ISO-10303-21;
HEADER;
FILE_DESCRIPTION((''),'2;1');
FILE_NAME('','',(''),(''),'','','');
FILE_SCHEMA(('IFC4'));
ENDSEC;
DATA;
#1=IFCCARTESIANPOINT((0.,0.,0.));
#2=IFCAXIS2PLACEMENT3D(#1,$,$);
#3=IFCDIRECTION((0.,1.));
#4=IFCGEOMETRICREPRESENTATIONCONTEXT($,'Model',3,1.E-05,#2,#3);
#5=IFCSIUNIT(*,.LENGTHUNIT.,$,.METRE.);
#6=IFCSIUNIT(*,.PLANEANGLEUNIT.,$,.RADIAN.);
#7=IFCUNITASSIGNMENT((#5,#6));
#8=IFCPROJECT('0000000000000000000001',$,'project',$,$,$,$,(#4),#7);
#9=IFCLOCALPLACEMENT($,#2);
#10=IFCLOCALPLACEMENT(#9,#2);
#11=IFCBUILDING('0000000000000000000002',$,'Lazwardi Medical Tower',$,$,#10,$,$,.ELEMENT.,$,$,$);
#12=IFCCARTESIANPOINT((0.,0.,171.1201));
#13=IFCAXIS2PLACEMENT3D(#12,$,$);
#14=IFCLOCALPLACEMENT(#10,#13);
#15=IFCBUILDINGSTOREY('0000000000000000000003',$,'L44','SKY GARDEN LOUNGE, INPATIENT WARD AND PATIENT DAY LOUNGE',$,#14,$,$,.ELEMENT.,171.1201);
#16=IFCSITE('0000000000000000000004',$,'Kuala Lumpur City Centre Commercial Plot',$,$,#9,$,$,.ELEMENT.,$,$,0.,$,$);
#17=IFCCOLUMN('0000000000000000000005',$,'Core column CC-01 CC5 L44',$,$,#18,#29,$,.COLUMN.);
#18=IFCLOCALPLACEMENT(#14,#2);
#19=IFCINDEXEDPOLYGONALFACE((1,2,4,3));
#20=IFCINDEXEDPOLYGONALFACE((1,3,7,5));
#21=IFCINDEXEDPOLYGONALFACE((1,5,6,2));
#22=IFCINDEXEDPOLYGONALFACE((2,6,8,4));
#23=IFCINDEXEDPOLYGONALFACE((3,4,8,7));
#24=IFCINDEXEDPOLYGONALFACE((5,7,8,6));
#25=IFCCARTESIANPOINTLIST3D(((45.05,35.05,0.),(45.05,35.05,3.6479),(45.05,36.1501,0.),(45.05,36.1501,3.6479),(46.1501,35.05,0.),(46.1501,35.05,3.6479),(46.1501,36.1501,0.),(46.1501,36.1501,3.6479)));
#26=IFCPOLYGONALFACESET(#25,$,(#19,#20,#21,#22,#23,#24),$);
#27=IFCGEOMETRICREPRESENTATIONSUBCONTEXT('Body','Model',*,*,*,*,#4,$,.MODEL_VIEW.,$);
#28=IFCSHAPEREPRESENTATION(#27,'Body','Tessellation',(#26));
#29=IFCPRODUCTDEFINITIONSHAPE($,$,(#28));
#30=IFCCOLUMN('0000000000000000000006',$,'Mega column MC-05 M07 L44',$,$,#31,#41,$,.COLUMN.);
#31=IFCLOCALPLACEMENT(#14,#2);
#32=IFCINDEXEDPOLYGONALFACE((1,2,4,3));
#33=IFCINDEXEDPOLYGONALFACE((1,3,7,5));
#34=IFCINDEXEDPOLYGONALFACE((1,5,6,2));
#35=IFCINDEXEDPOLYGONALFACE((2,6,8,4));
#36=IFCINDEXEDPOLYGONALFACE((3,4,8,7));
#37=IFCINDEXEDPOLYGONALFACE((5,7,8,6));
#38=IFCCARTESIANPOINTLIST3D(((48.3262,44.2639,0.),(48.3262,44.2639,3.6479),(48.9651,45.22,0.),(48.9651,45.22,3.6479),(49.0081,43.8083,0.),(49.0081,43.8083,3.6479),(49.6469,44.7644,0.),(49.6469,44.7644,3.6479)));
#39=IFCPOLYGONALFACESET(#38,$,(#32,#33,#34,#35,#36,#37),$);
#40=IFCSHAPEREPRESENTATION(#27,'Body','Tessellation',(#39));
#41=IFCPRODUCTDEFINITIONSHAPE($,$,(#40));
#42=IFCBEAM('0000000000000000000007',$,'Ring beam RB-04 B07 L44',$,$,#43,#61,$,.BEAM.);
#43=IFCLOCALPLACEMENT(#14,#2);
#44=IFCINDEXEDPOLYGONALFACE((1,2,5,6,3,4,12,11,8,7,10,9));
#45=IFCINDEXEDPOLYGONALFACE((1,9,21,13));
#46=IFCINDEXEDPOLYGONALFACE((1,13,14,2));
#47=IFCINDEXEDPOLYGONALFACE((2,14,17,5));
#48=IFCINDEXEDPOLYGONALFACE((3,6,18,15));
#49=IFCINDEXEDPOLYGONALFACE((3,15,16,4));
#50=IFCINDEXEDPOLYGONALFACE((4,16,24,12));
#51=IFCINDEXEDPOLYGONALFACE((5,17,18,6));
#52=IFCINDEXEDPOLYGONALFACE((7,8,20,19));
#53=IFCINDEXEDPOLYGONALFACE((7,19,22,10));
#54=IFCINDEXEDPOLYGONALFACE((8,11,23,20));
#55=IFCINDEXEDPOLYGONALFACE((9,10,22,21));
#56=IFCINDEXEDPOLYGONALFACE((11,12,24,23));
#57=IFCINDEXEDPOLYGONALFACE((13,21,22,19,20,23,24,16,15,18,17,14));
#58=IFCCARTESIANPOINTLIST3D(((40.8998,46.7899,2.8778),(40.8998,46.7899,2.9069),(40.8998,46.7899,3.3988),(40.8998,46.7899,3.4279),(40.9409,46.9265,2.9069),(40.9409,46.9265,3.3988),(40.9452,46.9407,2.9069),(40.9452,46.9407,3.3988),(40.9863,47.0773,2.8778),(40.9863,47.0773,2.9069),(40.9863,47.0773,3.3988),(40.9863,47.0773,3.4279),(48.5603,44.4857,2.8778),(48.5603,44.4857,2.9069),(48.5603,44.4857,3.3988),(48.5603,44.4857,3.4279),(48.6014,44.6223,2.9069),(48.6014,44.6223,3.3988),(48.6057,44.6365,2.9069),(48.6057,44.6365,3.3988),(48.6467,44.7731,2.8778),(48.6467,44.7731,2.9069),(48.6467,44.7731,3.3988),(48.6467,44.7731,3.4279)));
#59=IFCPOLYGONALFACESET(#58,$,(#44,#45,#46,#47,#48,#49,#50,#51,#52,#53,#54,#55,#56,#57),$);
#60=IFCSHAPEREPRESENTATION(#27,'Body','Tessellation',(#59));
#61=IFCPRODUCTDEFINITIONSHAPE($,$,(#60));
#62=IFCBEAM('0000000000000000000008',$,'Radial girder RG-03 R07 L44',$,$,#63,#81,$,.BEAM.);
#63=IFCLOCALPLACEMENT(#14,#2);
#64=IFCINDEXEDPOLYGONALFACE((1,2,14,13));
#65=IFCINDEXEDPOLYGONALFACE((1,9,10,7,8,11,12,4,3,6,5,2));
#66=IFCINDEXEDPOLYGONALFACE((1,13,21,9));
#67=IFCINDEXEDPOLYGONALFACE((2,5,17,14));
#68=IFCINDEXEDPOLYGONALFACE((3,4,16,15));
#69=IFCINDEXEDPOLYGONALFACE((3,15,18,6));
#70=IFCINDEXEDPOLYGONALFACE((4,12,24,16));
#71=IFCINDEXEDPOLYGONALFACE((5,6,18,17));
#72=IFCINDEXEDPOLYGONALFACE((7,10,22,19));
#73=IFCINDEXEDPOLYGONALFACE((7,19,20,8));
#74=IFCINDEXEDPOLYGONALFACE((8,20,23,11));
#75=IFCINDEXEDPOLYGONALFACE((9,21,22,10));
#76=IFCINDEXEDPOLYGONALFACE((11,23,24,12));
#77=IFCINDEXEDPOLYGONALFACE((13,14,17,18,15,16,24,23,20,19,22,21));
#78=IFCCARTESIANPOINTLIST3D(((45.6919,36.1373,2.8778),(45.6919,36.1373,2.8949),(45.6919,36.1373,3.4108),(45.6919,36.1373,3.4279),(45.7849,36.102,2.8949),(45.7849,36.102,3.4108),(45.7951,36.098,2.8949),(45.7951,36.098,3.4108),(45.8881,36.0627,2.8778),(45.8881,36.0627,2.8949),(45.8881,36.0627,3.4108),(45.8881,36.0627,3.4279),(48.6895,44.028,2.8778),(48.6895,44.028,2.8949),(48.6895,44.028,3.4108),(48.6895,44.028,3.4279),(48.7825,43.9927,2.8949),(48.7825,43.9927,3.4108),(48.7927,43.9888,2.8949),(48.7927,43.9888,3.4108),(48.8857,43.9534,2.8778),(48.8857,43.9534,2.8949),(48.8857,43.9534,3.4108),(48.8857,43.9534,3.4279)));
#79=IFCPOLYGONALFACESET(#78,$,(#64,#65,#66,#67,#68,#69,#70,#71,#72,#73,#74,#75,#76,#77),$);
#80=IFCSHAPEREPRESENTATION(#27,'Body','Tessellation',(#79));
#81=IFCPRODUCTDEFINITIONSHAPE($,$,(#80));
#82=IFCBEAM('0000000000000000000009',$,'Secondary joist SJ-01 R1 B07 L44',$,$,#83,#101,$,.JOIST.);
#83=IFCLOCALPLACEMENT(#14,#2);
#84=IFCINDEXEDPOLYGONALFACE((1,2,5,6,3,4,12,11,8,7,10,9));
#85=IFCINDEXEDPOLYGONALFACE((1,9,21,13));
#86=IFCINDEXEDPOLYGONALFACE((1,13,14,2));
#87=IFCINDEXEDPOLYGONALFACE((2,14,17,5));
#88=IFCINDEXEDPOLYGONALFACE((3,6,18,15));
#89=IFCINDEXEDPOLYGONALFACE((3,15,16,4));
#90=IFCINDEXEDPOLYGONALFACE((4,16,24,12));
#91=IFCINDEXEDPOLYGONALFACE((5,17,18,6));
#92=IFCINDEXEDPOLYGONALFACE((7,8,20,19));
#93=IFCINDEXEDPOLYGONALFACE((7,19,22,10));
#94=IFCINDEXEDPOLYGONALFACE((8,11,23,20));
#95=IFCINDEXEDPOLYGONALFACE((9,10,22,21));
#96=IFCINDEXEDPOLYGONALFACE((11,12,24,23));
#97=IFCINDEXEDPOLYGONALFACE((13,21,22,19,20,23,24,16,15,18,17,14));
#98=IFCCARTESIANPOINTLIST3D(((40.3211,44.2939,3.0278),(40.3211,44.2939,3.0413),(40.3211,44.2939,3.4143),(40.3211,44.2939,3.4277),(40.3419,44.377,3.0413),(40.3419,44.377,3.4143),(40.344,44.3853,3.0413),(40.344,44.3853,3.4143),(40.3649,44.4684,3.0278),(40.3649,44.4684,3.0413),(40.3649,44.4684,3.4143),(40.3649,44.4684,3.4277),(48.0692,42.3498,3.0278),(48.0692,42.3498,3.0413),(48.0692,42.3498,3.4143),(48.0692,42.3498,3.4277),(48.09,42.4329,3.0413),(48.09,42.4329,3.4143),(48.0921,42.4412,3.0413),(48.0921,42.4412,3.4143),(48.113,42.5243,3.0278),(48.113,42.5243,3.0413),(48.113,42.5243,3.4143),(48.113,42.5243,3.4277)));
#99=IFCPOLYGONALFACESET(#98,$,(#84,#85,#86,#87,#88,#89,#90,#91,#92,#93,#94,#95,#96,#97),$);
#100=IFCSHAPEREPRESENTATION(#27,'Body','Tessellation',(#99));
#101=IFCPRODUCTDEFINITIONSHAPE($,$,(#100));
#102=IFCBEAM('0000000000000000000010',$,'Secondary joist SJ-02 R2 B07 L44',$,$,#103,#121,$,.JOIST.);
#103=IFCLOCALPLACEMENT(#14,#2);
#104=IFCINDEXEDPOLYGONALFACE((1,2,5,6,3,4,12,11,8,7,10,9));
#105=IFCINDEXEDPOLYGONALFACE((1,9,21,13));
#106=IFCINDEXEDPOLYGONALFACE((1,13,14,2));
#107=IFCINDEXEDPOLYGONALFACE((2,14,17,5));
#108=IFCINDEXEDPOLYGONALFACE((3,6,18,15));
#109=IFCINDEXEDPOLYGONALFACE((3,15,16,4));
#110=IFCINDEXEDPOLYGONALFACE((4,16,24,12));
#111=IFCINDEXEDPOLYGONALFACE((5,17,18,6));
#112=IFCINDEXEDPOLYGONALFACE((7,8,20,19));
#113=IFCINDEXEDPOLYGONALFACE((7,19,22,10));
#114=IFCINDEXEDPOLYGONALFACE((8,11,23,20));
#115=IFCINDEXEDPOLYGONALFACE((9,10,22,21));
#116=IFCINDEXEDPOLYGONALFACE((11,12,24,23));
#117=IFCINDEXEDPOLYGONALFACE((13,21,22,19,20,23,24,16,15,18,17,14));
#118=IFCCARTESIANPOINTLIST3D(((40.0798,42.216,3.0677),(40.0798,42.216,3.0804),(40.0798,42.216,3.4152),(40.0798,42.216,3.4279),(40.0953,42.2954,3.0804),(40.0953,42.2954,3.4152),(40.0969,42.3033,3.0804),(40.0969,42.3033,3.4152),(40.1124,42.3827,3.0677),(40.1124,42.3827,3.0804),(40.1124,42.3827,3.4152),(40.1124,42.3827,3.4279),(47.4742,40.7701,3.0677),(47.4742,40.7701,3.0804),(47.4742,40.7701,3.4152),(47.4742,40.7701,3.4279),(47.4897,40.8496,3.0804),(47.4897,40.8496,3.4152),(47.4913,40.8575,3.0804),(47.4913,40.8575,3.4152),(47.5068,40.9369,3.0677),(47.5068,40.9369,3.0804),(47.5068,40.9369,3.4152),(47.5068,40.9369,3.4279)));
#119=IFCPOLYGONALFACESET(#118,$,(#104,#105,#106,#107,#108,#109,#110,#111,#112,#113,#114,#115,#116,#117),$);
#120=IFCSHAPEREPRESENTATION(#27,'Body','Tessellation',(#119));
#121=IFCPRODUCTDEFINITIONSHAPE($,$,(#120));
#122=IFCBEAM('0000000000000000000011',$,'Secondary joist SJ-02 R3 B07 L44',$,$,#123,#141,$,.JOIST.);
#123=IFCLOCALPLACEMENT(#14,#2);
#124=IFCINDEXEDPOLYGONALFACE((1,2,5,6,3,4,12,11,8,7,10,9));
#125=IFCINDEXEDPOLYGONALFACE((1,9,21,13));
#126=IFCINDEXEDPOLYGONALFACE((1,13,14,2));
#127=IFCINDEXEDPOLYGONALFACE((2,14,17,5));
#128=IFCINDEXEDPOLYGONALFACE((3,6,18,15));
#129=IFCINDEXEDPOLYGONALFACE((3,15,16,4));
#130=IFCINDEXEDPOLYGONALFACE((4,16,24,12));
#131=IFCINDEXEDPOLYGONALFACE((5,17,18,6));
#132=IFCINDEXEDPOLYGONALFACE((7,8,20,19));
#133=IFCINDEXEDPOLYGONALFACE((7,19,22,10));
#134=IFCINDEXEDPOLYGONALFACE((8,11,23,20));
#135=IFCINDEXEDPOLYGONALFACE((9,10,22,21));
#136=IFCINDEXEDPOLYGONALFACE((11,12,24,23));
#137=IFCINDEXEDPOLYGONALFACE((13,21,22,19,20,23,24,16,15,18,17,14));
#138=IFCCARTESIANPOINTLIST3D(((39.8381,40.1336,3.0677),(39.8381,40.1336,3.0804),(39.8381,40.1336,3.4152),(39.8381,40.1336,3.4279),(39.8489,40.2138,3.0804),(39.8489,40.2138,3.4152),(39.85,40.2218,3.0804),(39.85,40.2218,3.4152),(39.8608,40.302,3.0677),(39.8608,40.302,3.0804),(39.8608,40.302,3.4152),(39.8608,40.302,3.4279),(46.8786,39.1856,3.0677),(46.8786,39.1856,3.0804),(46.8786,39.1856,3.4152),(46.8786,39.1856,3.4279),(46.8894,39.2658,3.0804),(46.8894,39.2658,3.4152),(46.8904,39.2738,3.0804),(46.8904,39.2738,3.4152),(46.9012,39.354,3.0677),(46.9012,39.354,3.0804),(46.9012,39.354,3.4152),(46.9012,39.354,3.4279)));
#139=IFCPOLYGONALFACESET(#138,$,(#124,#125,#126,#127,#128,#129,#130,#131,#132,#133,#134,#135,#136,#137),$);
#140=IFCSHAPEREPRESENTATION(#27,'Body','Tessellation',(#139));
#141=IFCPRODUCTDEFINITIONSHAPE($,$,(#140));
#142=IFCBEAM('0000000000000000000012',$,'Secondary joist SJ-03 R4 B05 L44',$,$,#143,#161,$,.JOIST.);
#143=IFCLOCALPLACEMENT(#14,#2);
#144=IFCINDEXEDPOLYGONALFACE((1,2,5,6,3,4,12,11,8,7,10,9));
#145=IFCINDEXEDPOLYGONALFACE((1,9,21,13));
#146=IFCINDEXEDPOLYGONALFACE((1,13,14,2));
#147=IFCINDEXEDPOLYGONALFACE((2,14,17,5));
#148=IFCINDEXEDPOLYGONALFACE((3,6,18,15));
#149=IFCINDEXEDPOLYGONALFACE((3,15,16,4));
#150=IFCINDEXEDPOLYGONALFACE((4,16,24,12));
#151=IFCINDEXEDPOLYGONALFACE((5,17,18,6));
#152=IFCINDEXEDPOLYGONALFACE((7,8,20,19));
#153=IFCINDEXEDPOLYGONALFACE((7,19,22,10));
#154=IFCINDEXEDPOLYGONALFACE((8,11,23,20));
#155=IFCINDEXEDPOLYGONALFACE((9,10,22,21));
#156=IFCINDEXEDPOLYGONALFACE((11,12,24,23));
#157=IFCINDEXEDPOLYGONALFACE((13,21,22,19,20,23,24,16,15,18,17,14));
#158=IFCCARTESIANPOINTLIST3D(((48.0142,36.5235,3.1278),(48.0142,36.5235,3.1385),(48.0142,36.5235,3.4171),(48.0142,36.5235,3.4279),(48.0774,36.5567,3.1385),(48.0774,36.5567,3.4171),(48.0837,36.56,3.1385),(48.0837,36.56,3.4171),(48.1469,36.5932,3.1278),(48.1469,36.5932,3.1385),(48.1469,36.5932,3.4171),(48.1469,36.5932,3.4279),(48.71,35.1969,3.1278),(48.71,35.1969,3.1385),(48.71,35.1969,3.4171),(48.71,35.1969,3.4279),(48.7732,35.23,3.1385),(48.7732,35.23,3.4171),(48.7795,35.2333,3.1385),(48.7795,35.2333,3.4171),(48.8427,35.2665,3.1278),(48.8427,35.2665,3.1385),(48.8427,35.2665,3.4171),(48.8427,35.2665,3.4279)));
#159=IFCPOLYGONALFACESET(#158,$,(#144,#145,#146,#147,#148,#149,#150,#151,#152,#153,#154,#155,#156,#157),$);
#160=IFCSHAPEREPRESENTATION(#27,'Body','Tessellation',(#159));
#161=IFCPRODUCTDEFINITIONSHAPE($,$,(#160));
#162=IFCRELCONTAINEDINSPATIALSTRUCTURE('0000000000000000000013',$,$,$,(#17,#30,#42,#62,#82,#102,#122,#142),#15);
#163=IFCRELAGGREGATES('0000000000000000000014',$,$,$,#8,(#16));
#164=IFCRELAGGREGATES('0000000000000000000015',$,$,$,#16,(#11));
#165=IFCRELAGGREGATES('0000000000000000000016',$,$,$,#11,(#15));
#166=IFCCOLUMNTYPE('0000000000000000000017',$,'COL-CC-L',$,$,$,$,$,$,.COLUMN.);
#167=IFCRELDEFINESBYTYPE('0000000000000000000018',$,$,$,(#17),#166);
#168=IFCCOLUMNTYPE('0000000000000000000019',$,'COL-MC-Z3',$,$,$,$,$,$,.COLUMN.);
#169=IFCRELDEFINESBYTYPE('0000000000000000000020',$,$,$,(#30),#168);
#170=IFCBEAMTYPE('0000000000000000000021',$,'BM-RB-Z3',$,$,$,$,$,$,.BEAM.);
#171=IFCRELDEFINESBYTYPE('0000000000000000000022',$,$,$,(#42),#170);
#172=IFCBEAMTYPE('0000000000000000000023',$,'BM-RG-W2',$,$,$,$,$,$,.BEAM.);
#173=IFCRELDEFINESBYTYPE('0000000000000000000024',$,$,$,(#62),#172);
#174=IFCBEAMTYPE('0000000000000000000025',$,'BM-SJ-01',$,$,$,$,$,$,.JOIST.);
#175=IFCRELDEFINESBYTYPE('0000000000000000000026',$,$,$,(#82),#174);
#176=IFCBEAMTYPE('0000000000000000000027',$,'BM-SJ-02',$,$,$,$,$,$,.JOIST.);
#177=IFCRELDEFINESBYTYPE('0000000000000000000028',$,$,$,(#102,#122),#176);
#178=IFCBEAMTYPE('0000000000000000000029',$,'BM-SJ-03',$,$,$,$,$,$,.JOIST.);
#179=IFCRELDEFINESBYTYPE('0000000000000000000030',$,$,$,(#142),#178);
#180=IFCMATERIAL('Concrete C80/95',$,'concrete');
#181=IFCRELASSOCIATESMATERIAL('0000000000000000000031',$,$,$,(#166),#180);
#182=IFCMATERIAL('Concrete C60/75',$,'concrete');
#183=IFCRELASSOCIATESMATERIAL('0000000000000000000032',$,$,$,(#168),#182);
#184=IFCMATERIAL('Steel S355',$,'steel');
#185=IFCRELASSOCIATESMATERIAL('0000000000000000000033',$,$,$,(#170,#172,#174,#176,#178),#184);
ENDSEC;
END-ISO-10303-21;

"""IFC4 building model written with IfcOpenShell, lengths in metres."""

from ifc_helpers import new_model, si_unit, direction, frame, origin, origin_2d, place, context, subcontext, project, spatial, rectangle, i_section, extrude, material, material_profile, profile_set, type_object, element, save


model = new_model("IFC4")

# Units and contexts
model_context = context("Model", 3, precision=1e-05, world=origin(), true_north=direction((0.0, 1.0)))
body_context = subcontext(model_context, "Body", "Model", "MODEL_VIEW")
ifc_project = project(units=[si_unit("LENGTHUNIT", "METRE"), si_unit("PLANEANGLEUNIT", "RADIAN")], contexts=[model_context])

# Site, building, storey
site_placement = place(None, origin())
site = spatial("IfcSite", under=ifc_project, at=site_placement, Name="Kuala Lumpur City Centre Commercial Plot", CompositionType="ELEMENT", RefElevation=0.0)
building_placement = place(site_placement, origin())
building = spatial("IfcBuilding", under=site, at=building_placement, Name="Lazwardi Medical Tower", CompositionType="ELEMENT")
storey_placement = place(building_placement, frame((0.0, 0.0, 171.1201)))
storey = spatial("IfcBuildingStorey", under=building, at=storey_placement, Name="L44", Description="SKY GARDEN LOUNGE, INPATIENT WARD AND PATIENT DAY LOUNGE", CompositionType="ELEMENT", Elevation=171.1201)

# Columns
ifc_material_1 = material(Name="Concrete C80/95", Category="concrete")
ifc_material_profile_1 = material_profile(ifc_material_1, rectangle(XDim=1.1001, YDim=1.1001, at=origin_2d()), Name="RC 1100x1100")
ifc_profile_set_1 = profile_set([ifc_material_profile_1], Name="Concrete C80/95")
column_type_1 = type_object("IfcColumnType", Name="COL-CC-L", PredefinedType="COLUMN", material=ifc_profile_set_1)
column_1_placement = place(storey_placement, frame((45.6001, 35.6001, 0.0), z_axis=(0.0, 0.0, 1.0), x_axis=(1.0, 0.0, 0.0)))
element("IfcColumn", 1, at=column_1_placement, inside=storey, type_object=column_type_1, Name="Core column CC-01 CC5 L44", PredefinedType="COLUMN", context=body_context, shape_type="SweptSolid", body=[
    extrude(rectangle(XDim=1.1001, YDim=1.1001, at=origin_2d()), origin(), (0.0, 0.0, 1.0), 3.6479),
])
ifc_material_2 = material(Name="Concrete C60/75", Category="concrete")
ifc_material_profile_2 = material_profile(ifc_material_2, rectangle(XDim=1.1499, YDim=0.8201, at=origin_2d()), Name="CFT-RECT 1150x820")
ifc_profile_set_2 = profile_set([ifc_material_profile_2], Name="Concrete C60/75")
column_type_2 = type_object("IfcColumnType", Name="COL-MC-Z3", PredefinedType="COLUMN", material=ifc_profile_set_2)
column_2_placement = place(storey_placement, frame((48.9866, 44.5142, 0.0), z_axis=(0.0, 0.0, 1.0), x_axis=(0.55557, 0.83147, 0.0)))
element("IfcColumn", 2, at=column_2_placement, inside=storey, type_object=column_type_2, Name="Mega column MC-05 M07 L44", PredefinedType="COLUMN", context=body_context, shape_type="SweptSolid", body=[
    extrude(rectangle(XDim=1.1499, YDim=0.8201, at=origin_2d()), origin(), (0.0, 0.0, 1.0), 3.6479),
])

# Beams
ifc_material_3 = material(Name="Steel S355", Category="steel")
ifc_material_profile_3 = material_profile(ifc_material_3, i_section(OverallWidth=0.3, OverallDepth=0.55, WebThickness=0.0149, FlangeThickness=0.0291, at=origin_2d()), Name="HEB 550")
ifc_profile_set_3 = profile_set([ifc_material_profile_3], Name="Steel S355")
beam_type_1 = type_object("IfcBeamType", Name="BM-RB-Z3", PredefinedType="BEAM", material=ifc_profile_set_3)
beam_1_placement = place(storey_placement, frame((48.6035, 44.6294, 3.1528), z_axis=(-0.957617, 0.288045, 0.0), x_axis=(-0.288045, -0.957617, 0.0)))
element("IfcBeam", 3, at=beam_1_placement, inside=storey, type_object=beam_type_1, Name="Ring beam RB-04 B07 L44", PredefinedType="BEAM", context=body_context, shape_type="SweptSolid", body=[
    extrude(i_section(OverallWidth=0.3, OverallDepth=0.55, WebThickness=0.0149, FlangeThickness=0.0291, at=origin_2d()), origin(), (0.0, 0.0, 1.0), 7.9995),
])
ifc_material_profile_4 = material_profile(ifc_material_3, i_section(OverallWidth=0.21, OverallDepth=0.55, WebThickness=0.011, FlangeThickness=0.0171, at=origin_2d()), Name="IPE 550")
ifc_profile_set_4 = profile_set([ifc_material_profile_4], Name="Steel S355")
beam_type_2 = type_object("IfcBeamType", Name="BM-RG-W2", PredefinedType="BEAM", material=ifc_profile_set_4)
beam_2_placement = place(storey_placement, frame((48.7876, 43.9907, 3.1528), z_axis=(-0.355127, -0.934818, 0.0), x_axis=(0.934818, -0.355127, 0.0)))
element("IfcBeam", 4, at=beam_2_placement, inside=storey, type_object=beam_type_2, Name="Radial girder RG-03 R07 L44", PredefinedType="BEAM", context=body_context, shape_type="SweptSolid", body=[
    extrude(i_section(OverallWidth=0.21, OverallDepth=0.55, WebThickness=0.011, FlangeThickness=0.0171, at=origin_2d()), origin(), (0.0, 0.0, 1.0), 8.4409),
])
ifc_material_profile_5 = material_profile(ifc_material_3, i_section(OverallWidth=0.1799, OverallDepth=0.3999, WebThickness=0.0085, FlangeThickness=0.0134, at=origin_2d()), Name="IPE 400")
ifc_profile_set_5 = profile_set([ifc_material_profile_5], Name="Steel S355")
beam_type_3 = type_object("IfcBeamType", Name="BM-SJ-01", PredefinedType="JOIST", material=ifc_profile_set_5)
beam_3_placement = place(storey_placement, frame((48.0911, 42.437, 3.2278), z_axis=(-0.969934, 0.24337, 0.0), x_axis=(-0.24337, -0.969934, 0.0)))
element("IfcBeam", 5, at=beam_3_placement, inside=storey, type_object=beam_type_3, Name="Secondary joist SJ-01 R1 B07 L44", PredefinedType="JOIST", context=body_context, shape_type="SweptSolid", body=[
    extrude(i_section(OverallWidth=0.1799, OverallDepth=0.3999, WebThickness=0.0085, FlangeThickness=0.0134, at=origin_2d()), origin(), (0.0, 0.0, 1.0), 7.9883),
])
ifc_material_profile_6 = material_profile(ifc_material_3, i_section(OverallWidth=0.1699, OverallDepth=0.3601, WebThickness=0.0081, FlangeThickness=0.0127, at=origin_2d()), Name="IPE 360")
ifc_profile_set_6 = profile_set([ifc_material_profile_6], Name="Steel S355")
beam_type_4 = type_object("IfcBeamType", Name="BM-SJ-02", PredefinedType="JOIST", material=ifc_profile_set_6)
beam_4_placement = place(storey_placement, frame((47.4905, 40.8535, 3.2478), z_axis=(-0.981415, 0.191896, 0.0), x_axis=(-0.191896, -0.981415, 0.0)))
element("IfcBeam", 6, at=beam_4_placement, inside=storey, type_object=beam_type_4, Name="Secondary joist SJ-02 R2 B07 L44", PredefinedType="JOIST", context=body_context, shape_type="SweptSolid", body=[
    extrude(i_section(OverallWidth=0.1699, OverallDepth=0.3601, WebThickness=0.0081, FlangeThickness=0.0127, at=origin_2d()), origin(), (0.0, 0.0, 1.0), 7.5344),
])
beam_5_placement = place(storey_placement, frame((46.8899, 39.2698, 3.2478), z_axis=(-0.991056, 0.133444, 0.0), x_axis=(-0.133444, -0.991056, 0.0)))
element("IfcBeam", 7, at=beam_5_placement, inside=storey, type_object=beam_type_4, Name="Secondary joist SJ-02 R3 B07 L44", PredefinedType="JOIST", context=body_context, shape_type="SweptSolid", body=[
    extrude(i_section(OverallWidth=0.1699, OverallDepth=0.3601, WebThickness=0.0081, FlangeThickness=0.0127, at=origin_2d()), origin(), (0.0, 0.0, 1.0), 7.104),
])
ifc_material_profile_7 = material_profile(ifc_material_3, i_section(OverallWidth=0.1499, OverallDepth=0.3, WebThickness=0.0071, FlangeThickness=0.0107, at=origin_2d()), Name="IPE 300")
ifc_profile_set_7 = profile_set([ifc_material_profile_7], Name="Steel S355")
beam_type_5 = type_object("IfcBeamType", Name="BM-SJ-03", PredefinedType="JOIST", material=ifc_profile_set_7)
beam_6_placement = place(storey_placement, frame((48.7764, 35.2317, 3.2778), z_axis=(-0.46447, 0.885589, 0.0), x_axis=(-0.885589, -0.46447, 0.0)))
element("IfcBeam", 8, at=beam_6_placement, inside=storey, type_object=beam_type_5, Name="Secondary joist SJ-03 R4 B05 L44", PredefinedType="JOIST", context=body_context, shape_type="SweptSolid", body=[
    extrude(i_section(OverallWidth=0.1499, OverallDepth=0.3, WebThickness=0.0071, FlangeThickness=0.0107, at=origin_2d()), origin(), (0.0, 0.0, 1.0), 1.498),
])

save(model, "model.ifc")
